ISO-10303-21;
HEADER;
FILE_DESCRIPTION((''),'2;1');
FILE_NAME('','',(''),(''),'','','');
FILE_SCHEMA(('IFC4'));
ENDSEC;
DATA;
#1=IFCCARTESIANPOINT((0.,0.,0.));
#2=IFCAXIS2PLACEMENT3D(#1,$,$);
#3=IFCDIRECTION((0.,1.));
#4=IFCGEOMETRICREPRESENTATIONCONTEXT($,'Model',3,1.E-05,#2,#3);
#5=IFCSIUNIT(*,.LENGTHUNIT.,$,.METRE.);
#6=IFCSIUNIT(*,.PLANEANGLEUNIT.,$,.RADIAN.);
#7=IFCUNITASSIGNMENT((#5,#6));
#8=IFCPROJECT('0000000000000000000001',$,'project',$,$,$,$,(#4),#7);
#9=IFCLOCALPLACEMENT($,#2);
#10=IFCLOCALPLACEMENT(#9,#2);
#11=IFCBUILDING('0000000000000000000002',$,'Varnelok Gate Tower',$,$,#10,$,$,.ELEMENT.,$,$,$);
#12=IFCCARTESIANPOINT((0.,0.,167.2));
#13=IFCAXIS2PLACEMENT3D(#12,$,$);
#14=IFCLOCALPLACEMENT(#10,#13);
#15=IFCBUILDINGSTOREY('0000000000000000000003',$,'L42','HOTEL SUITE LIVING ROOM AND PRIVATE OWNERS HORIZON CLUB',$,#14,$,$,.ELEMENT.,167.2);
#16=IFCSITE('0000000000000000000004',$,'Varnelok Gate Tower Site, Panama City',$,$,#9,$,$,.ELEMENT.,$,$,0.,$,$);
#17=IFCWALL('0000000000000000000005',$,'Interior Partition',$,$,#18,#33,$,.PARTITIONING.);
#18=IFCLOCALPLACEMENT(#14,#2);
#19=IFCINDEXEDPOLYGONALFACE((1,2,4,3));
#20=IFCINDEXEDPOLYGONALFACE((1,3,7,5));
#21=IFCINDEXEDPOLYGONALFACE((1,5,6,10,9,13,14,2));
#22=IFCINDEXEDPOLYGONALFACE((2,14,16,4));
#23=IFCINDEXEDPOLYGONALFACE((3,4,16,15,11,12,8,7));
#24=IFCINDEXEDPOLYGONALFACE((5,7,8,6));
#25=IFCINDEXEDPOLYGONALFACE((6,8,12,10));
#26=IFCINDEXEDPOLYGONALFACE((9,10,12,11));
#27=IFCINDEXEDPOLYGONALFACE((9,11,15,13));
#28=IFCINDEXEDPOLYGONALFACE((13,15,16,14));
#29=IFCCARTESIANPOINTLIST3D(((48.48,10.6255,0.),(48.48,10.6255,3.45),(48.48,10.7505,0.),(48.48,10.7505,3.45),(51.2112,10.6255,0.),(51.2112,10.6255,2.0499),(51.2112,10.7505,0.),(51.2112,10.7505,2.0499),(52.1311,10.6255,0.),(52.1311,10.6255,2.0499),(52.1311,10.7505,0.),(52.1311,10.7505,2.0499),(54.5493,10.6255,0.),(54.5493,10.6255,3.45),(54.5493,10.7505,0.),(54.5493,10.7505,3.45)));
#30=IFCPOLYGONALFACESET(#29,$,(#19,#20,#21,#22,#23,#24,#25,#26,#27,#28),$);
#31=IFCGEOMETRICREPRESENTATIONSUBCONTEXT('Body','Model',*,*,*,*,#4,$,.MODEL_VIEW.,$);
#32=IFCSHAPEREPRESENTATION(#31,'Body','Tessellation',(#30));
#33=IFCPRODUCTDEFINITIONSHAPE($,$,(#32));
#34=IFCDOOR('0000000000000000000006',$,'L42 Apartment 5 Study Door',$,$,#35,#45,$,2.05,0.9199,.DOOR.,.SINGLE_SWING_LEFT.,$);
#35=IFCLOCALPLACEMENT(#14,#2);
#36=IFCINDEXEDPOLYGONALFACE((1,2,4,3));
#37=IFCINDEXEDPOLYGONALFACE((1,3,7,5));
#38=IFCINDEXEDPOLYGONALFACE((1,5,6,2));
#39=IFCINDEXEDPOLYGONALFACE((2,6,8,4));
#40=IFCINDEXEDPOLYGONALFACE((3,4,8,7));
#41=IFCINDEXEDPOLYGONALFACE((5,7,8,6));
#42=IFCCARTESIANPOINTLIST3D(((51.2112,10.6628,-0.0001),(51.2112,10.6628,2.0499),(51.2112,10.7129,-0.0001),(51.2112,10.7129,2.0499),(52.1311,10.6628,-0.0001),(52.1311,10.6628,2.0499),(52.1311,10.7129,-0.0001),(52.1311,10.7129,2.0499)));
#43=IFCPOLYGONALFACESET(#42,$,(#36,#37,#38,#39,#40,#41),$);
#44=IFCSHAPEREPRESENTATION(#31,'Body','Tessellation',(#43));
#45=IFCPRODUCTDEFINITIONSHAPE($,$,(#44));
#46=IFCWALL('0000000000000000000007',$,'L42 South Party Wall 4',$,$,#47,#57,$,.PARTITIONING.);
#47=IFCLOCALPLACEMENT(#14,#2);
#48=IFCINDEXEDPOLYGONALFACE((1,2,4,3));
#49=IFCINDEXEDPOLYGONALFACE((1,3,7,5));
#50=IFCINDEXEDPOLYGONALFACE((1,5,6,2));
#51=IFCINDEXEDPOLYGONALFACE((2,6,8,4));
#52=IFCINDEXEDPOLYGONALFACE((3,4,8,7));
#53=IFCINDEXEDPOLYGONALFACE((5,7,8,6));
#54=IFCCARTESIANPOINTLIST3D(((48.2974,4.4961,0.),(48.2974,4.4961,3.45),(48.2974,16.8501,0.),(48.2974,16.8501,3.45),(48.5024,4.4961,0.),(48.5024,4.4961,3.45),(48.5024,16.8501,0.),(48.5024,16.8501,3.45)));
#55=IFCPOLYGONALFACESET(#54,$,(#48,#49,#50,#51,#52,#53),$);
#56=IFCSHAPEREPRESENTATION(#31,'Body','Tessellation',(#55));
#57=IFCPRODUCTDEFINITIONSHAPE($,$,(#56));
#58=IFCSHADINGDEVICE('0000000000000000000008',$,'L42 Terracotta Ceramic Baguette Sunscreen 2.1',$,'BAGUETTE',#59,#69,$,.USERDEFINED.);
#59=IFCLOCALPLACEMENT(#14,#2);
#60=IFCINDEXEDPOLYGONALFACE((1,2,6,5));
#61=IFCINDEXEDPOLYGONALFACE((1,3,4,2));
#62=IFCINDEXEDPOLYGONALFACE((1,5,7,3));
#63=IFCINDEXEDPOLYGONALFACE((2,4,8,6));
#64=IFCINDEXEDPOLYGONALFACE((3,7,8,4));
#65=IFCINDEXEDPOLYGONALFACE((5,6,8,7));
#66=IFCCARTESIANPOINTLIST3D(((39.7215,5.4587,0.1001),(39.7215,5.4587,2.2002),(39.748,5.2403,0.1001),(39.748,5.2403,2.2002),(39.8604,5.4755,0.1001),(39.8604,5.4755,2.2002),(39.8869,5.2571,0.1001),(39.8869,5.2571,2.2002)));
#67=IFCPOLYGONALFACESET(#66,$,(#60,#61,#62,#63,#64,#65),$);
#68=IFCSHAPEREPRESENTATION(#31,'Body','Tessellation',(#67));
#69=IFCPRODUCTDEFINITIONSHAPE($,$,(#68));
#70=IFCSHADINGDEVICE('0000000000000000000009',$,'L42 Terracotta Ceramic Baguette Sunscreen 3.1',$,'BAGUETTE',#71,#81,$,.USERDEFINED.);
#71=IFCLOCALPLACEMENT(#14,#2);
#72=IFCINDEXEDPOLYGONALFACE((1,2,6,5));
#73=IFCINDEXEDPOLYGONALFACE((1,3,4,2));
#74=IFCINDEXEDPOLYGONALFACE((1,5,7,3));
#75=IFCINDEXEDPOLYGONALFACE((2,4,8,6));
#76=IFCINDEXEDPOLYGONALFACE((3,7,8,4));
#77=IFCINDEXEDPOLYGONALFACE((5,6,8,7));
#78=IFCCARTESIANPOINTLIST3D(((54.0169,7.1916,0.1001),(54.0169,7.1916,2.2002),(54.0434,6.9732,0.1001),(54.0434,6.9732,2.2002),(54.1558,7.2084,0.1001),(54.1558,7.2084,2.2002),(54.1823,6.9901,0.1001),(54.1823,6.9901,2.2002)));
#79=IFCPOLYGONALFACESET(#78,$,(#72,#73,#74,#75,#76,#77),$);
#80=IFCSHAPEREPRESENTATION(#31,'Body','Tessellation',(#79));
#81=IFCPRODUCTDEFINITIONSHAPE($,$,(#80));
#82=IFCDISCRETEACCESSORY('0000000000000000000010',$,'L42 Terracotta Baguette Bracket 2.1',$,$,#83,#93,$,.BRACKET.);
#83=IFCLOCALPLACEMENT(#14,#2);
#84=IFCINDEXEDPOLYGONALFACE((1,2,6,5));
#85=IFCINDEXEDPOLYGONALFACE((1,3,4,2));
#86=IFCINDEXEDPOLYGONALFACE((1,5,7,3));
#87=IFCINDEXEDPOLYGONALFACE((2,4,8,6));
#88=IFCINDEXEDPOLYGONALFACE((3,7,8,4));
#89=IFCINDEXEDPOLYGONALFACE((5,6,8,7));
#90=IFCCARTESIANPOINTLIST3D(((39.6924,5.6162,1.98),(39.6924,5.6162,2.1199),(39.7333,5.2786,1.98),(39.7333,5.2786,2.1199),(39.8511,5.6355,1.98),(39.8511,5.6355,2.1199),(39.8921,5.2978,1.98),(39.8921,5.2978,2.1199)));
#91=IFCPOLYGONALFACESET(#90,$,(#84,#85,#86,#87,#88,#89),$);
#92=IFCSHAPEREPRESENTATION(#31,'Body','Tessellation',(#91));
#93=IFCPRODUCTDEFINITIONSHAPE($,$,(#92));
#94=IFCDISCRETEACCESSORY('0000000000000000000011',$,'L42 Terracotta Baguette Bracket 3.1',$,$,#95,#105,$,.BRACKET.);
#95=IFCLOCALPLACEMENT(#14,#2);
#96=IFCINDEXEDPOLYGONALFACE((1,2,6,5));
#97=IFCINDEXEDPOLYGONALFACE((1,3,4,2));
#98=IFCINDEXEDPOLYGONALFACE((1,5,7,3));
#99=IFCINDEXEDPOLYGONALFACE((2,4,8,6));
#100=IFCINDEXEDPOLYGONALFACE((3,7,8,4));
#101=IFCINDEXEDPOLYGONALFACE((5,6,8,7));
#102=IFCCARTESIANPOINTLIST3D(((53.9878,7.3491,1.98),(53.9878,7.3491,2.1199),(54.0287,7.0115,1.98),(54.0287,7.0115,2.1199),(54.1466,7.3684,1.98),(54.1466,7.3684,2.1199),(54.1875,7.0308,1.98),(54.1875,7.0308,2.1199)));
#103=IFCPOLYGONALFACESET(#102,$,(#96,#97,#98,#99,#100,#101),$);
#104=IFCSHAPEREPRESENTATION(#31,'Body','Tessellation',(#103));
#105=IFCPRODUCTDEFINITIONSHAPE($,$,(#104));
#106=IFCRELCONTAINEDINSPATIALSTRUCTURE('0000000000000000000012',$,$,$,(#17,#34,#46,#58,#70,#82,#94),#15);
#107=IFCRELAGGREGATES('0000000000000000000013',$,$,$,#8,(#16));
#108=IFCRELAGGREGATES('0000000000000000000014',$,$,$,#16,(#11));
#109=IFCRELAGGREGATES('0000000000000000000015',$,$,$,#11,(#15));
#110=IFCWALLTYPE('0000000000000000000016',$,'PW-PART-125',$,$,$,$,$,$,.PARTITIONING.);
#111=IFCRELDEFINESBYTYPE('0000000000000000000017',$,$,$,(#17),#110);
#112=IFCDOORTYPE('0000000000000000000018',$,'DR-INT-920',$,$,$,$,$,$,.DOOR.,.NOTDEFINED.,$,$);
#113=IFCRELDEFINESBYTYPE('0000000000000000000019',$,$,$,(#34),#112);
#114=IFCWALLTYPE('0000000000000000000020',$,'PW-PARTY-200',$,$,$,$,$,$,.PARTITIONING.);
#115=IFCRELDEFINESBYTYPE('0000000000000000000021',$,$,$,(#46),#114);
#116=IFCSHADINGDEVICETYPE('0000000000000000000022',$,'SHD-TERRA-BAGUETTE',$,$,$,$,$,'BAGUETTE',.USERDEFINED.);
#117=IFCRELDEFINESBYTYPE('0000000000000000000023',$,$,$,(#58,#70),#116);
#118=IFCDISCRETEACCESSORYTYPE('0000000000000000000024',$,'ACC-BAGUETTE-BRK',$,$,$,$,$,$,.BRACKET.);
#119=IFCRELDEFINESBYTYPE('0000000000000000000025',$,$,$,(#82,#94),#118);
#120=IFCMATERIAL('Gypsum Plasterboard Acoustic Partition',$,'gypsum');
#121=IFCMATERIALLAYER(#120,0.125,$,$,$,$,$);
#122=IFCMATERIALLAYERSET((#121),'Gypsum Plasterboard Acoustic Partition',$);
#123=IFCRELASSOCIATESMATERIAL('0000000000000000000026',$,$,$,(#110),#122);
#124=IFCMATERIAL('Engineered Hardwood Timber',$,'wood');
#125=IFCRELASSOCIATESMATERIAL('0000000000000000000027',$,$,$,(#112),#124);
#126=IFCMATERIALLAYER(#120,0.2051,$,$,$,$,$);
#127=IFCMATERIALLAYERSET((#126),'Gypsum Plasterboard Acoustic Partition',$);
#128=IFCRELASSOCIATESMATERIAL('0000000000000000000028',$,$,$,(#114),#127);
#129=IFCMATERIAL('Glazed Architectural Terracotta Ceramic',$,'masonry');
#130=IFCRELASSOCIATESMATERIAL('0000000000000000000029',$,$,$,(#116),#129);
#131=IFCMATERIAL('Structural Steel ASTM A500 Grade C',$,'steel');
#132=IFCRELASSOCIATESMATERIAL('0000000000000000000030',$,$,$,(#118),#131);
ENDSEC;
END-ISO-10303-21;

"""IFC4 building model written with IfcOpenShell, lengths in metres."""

from ifc_helpers import new_model, si_unit, direction, frame, frame_2d, origin, origin_2d, place, context, subcontext, project, spatial, rectangle, extrude, source, transform, mapped, material, layer, layer_set, type_object, element, fill, save


model = new_model("IFC4")

# Units and contexts
model_context = context("Model", 3, precision=1e-05, world=origin(), true_north=direction((0.0, 1.0)))
body_context = subcontext(model_context, "Body", "Model", "MODEL_VIEW")
ifc_project = project(units=[si_unit("LENGTHUNIT", "METRE"), si_unit("PLANEANGLEUNIT", "RADIAN")], contexts=[model_context])

# Site, building, storey
site_placement = place(None, origin())
site = spatial("IfcSite", under=ifc_project, at=site_placement, Name="Varnelok Gate Tower Site, Panama City", CompositionType="ELEMENT", RefElevation=0.0)
building_placement = place(site_placement, origin())
building = spatial("IfcBuilding", under=site, at=building_placement, Name="Varnelok Gate Tower", CompositionType="ELEMENT")
storey_placement = place(building_placement, frame((0.0, 0.0, 167.2)))
storey = spatial("IfcBuildingStorey", under=building, at=storey_placement, Name="L42", Description="HOTEL SUITE LIVING ROOM AND PRIVATE OWNERS HORIZON CLUB", CompositionType="ELEMENT", Elevation=167.2)

# Shared definitions
ifc_material_1 = material(Name="Gypsum Plasterboard Acoustic Partition", Category="gypsum")

# Shared definitions
ifc_layer_1 = layer(ifc_material_1, 0.125)
ifc_layer_set_1 = layer_set([ifc_layer_1], Name="Gypsum Plasterboard Acoustic Partition")
wall_type_1 = type_object("IfcWallType", Name="PW-PART-125", PredefinedType="PARTITIONING", material=ifc_layer_set_1)
ifc_material_2 = material(Name="Engineered Hardwood Timber", Category="wood")
door_type_1 = type_object("IfcDoorType", Name="DR-INT-920", OperationType="NOTDEFINED", PredefinedType="DOOR", material=ifc_material_2)

# Wall, opening, door
wall_1_placement = place(storey_placement, frame((48.48, 10.688, 0.0), z_axis=(0.0, 0.0, 1.0), x_axis=(1.0, 0.0, 0.0)))
wall_1 = element("IfcWall", 1, at=wall_1_placement, inside=storey, type_object=wall_type_1, Name="Interior Partition", PredefinedType="PARTITIONING", context=body_context, shape_type="SweptSolid", body=[
    extrude(rectangle(XDim=6.0693, YDim=0.125, at=frame_2d((3.0347, 0.0))), origin(), (0.0, 0.0, 1.0), 3.45),
])
opening_1_placement = place(wall_1_placement, frame((2.7312, 0.0, 0.0)))
opening_1 = element("IfcOpeningElement", 2, at=opening_1_placement, cuts=wall_1, PredefinedType="OPENING", context=body_context, shape_type="SweptSolid", body=[
    extrude(rectangle(XDim=0.9199, YDim=2.05, at=frame_2d((0.46, 1.0249))), frame((0.0, 0.0725, 0.0), z_axis=(0.0, -1.0, 0.0), x_axis=(1.0, 0.0, 0.0)), (0.0, 0.0, 1.0), 0.145),
])
door_1_placement = place(opening_1_placement, origin())
door_1 = element("IfcDoor", 3, at=door_1_placement, inside=storey, type_object=door_type_1, Name="L42 Apartment 5 Study Door", OperationType="SINGLE_SWING_LEFT", OverallHeight=2.05, OverallWidth=0.9199, PredefinedType="DOOR", context=body_context, shape_type="SweptSolid", body=[
    extrude(rectangle(XDim=0.9199, YDim=2.05, at=frame_2d((0.46, 1.0249))), frame((0.0, 0.0249, 0.0), z_axis=(0.0, -1.0, 0.0), x_axis=(1.0, 0.0, 0.0)), (0.0, 0.0, 1.0), 0.05),
])
fill(opening_1, door_1)

# Wall
ifc_layer_2 = layer(ifc_material_1, 0.2051)
ifc_layer_set_2 = layer_set([ifc_layer_2], Name="Gypsum Plasterboard Acoustic Partition")
wall_type_2 = type_object("IfcWallType", Name="PW-PARTY-200", PredefinedType="PARTITIONING", material=ifc_layer_set_2)
wall_2_placement = place(storey_placement, frame((48.3999, 4.4961, 0.0), z_axis=(0.0, 0.0, 1.0), x_axis=(0.0, 1.0, 0.0)))
element("IfcWall", 4, at=wall_2_placement, inside=storey, type_object=wall_type_2, Name="L42 South Party Wall 4", PredefinedType="PARTITIONING", context=body_context, shape_type="SweptSolid", body=[
    extrude(rectangle(XDim=12.354, YDim=0.2051, at=frame_2d((6.177, 0.0))), origin(), (0.0, 0.0, 1.0), 3.45),
])

# Shading devices
ifc_material_3 = material(Name="Glazed Architectural Terracotta Ceramic", Category="masonry")
shading_device_type = type_object("IfcShadingDeviceType", Name="SHD-TERRA-BAGUETTE", ElementType="BAGUETTE", PredefinedType="USERDEFINED", material=ifc_material_3)
shared_shape_1 = source(origin(), body_context, "Body", "SweptSolid", [
    extrude(rectangle(XDim=0.1399, YDim=0.22, at=origin_2d()), origin(), (0.0, 0.0, 1.0), 2.1001),
])
for number, where, z_axis, x_axis, name in (
    (5, (39.8042, 5.3579, 0.1001), (0.0, 0.0, 1.0), (0.992732, 0.120345, 0.0), "L42 Terracotta Ceramic Baguette Sunscreen 2.1"),
    (6, (54.0996, 7.0908, 0.1001), (0.0, 0.0, 1.0), (0.992732, 0.120345, 0.0), "L42 Terracotta Ceramic Baguette Sunscreen 3.1"),
):
    element("IfcShadingDevice", number, at=place(storey_placement, frame(where, z_axis=z_axis, x_axis=x_axis)), inside=storey, type_object=shading_device_type, Name=name, ObjectType="BAGUETTE", PredefinedType="USERDEFINED", context=body_context, shape_type="MappedRepresentation", body=[
        mapped(shared_shape_1, transform((0.0, 0.0, 0.0), scale=1.0)),
    ])

# Discrete accessories
ifc_material_4 = material(Name="Structural Steel ASTM A500 Grade C", Category="steel")
discrete_accessory_type = type_object("IfcDiscreteAccessoryType", Name="ACC-BAGUETTE-BRK", PredefinedType="BRACKET", material=ifc_material_4)
shared_shape_2 = source(origin(), body_context, "Body", "SweptSolid", [
    extrude(rectangle(XDim=0.1599, YDim=0.3401, at=origin_2d()), origin(), (0.0, 0.0, 1.0), 0.1399),
])
for number, where, z_axis, x_axis, name in (
    (7, (39.7922, 5.457, 1.98), (0.0, 0.0, 1.0), (0.992732, 0.120345, 0.0), "L42 Terracotta Baguette Bracket 2.1"),
    (8, (54.0876, 7.1899, 1.98), (0.0, 0.0, 1.0), (0.992732, 0.120345, 0.0), "L42 Terracotta Baguette Bracket 3.1"),
):
    element("IfcDiscreteAccessory", number, at=place(storey_placement, frame(where, z_axis=z_axis, x_axis=x_axis)), inside=storey, type_object=discrete_accessory_type, Name=name, PredefinedType="BRACKET", context=body_context, shape_type="MappedRepresentation", body=[
        mapped(shared_shape_2, transform((0.0, 0.0, 0.0), scale=1.0)),
    ])

save(model, "model.ifc")
